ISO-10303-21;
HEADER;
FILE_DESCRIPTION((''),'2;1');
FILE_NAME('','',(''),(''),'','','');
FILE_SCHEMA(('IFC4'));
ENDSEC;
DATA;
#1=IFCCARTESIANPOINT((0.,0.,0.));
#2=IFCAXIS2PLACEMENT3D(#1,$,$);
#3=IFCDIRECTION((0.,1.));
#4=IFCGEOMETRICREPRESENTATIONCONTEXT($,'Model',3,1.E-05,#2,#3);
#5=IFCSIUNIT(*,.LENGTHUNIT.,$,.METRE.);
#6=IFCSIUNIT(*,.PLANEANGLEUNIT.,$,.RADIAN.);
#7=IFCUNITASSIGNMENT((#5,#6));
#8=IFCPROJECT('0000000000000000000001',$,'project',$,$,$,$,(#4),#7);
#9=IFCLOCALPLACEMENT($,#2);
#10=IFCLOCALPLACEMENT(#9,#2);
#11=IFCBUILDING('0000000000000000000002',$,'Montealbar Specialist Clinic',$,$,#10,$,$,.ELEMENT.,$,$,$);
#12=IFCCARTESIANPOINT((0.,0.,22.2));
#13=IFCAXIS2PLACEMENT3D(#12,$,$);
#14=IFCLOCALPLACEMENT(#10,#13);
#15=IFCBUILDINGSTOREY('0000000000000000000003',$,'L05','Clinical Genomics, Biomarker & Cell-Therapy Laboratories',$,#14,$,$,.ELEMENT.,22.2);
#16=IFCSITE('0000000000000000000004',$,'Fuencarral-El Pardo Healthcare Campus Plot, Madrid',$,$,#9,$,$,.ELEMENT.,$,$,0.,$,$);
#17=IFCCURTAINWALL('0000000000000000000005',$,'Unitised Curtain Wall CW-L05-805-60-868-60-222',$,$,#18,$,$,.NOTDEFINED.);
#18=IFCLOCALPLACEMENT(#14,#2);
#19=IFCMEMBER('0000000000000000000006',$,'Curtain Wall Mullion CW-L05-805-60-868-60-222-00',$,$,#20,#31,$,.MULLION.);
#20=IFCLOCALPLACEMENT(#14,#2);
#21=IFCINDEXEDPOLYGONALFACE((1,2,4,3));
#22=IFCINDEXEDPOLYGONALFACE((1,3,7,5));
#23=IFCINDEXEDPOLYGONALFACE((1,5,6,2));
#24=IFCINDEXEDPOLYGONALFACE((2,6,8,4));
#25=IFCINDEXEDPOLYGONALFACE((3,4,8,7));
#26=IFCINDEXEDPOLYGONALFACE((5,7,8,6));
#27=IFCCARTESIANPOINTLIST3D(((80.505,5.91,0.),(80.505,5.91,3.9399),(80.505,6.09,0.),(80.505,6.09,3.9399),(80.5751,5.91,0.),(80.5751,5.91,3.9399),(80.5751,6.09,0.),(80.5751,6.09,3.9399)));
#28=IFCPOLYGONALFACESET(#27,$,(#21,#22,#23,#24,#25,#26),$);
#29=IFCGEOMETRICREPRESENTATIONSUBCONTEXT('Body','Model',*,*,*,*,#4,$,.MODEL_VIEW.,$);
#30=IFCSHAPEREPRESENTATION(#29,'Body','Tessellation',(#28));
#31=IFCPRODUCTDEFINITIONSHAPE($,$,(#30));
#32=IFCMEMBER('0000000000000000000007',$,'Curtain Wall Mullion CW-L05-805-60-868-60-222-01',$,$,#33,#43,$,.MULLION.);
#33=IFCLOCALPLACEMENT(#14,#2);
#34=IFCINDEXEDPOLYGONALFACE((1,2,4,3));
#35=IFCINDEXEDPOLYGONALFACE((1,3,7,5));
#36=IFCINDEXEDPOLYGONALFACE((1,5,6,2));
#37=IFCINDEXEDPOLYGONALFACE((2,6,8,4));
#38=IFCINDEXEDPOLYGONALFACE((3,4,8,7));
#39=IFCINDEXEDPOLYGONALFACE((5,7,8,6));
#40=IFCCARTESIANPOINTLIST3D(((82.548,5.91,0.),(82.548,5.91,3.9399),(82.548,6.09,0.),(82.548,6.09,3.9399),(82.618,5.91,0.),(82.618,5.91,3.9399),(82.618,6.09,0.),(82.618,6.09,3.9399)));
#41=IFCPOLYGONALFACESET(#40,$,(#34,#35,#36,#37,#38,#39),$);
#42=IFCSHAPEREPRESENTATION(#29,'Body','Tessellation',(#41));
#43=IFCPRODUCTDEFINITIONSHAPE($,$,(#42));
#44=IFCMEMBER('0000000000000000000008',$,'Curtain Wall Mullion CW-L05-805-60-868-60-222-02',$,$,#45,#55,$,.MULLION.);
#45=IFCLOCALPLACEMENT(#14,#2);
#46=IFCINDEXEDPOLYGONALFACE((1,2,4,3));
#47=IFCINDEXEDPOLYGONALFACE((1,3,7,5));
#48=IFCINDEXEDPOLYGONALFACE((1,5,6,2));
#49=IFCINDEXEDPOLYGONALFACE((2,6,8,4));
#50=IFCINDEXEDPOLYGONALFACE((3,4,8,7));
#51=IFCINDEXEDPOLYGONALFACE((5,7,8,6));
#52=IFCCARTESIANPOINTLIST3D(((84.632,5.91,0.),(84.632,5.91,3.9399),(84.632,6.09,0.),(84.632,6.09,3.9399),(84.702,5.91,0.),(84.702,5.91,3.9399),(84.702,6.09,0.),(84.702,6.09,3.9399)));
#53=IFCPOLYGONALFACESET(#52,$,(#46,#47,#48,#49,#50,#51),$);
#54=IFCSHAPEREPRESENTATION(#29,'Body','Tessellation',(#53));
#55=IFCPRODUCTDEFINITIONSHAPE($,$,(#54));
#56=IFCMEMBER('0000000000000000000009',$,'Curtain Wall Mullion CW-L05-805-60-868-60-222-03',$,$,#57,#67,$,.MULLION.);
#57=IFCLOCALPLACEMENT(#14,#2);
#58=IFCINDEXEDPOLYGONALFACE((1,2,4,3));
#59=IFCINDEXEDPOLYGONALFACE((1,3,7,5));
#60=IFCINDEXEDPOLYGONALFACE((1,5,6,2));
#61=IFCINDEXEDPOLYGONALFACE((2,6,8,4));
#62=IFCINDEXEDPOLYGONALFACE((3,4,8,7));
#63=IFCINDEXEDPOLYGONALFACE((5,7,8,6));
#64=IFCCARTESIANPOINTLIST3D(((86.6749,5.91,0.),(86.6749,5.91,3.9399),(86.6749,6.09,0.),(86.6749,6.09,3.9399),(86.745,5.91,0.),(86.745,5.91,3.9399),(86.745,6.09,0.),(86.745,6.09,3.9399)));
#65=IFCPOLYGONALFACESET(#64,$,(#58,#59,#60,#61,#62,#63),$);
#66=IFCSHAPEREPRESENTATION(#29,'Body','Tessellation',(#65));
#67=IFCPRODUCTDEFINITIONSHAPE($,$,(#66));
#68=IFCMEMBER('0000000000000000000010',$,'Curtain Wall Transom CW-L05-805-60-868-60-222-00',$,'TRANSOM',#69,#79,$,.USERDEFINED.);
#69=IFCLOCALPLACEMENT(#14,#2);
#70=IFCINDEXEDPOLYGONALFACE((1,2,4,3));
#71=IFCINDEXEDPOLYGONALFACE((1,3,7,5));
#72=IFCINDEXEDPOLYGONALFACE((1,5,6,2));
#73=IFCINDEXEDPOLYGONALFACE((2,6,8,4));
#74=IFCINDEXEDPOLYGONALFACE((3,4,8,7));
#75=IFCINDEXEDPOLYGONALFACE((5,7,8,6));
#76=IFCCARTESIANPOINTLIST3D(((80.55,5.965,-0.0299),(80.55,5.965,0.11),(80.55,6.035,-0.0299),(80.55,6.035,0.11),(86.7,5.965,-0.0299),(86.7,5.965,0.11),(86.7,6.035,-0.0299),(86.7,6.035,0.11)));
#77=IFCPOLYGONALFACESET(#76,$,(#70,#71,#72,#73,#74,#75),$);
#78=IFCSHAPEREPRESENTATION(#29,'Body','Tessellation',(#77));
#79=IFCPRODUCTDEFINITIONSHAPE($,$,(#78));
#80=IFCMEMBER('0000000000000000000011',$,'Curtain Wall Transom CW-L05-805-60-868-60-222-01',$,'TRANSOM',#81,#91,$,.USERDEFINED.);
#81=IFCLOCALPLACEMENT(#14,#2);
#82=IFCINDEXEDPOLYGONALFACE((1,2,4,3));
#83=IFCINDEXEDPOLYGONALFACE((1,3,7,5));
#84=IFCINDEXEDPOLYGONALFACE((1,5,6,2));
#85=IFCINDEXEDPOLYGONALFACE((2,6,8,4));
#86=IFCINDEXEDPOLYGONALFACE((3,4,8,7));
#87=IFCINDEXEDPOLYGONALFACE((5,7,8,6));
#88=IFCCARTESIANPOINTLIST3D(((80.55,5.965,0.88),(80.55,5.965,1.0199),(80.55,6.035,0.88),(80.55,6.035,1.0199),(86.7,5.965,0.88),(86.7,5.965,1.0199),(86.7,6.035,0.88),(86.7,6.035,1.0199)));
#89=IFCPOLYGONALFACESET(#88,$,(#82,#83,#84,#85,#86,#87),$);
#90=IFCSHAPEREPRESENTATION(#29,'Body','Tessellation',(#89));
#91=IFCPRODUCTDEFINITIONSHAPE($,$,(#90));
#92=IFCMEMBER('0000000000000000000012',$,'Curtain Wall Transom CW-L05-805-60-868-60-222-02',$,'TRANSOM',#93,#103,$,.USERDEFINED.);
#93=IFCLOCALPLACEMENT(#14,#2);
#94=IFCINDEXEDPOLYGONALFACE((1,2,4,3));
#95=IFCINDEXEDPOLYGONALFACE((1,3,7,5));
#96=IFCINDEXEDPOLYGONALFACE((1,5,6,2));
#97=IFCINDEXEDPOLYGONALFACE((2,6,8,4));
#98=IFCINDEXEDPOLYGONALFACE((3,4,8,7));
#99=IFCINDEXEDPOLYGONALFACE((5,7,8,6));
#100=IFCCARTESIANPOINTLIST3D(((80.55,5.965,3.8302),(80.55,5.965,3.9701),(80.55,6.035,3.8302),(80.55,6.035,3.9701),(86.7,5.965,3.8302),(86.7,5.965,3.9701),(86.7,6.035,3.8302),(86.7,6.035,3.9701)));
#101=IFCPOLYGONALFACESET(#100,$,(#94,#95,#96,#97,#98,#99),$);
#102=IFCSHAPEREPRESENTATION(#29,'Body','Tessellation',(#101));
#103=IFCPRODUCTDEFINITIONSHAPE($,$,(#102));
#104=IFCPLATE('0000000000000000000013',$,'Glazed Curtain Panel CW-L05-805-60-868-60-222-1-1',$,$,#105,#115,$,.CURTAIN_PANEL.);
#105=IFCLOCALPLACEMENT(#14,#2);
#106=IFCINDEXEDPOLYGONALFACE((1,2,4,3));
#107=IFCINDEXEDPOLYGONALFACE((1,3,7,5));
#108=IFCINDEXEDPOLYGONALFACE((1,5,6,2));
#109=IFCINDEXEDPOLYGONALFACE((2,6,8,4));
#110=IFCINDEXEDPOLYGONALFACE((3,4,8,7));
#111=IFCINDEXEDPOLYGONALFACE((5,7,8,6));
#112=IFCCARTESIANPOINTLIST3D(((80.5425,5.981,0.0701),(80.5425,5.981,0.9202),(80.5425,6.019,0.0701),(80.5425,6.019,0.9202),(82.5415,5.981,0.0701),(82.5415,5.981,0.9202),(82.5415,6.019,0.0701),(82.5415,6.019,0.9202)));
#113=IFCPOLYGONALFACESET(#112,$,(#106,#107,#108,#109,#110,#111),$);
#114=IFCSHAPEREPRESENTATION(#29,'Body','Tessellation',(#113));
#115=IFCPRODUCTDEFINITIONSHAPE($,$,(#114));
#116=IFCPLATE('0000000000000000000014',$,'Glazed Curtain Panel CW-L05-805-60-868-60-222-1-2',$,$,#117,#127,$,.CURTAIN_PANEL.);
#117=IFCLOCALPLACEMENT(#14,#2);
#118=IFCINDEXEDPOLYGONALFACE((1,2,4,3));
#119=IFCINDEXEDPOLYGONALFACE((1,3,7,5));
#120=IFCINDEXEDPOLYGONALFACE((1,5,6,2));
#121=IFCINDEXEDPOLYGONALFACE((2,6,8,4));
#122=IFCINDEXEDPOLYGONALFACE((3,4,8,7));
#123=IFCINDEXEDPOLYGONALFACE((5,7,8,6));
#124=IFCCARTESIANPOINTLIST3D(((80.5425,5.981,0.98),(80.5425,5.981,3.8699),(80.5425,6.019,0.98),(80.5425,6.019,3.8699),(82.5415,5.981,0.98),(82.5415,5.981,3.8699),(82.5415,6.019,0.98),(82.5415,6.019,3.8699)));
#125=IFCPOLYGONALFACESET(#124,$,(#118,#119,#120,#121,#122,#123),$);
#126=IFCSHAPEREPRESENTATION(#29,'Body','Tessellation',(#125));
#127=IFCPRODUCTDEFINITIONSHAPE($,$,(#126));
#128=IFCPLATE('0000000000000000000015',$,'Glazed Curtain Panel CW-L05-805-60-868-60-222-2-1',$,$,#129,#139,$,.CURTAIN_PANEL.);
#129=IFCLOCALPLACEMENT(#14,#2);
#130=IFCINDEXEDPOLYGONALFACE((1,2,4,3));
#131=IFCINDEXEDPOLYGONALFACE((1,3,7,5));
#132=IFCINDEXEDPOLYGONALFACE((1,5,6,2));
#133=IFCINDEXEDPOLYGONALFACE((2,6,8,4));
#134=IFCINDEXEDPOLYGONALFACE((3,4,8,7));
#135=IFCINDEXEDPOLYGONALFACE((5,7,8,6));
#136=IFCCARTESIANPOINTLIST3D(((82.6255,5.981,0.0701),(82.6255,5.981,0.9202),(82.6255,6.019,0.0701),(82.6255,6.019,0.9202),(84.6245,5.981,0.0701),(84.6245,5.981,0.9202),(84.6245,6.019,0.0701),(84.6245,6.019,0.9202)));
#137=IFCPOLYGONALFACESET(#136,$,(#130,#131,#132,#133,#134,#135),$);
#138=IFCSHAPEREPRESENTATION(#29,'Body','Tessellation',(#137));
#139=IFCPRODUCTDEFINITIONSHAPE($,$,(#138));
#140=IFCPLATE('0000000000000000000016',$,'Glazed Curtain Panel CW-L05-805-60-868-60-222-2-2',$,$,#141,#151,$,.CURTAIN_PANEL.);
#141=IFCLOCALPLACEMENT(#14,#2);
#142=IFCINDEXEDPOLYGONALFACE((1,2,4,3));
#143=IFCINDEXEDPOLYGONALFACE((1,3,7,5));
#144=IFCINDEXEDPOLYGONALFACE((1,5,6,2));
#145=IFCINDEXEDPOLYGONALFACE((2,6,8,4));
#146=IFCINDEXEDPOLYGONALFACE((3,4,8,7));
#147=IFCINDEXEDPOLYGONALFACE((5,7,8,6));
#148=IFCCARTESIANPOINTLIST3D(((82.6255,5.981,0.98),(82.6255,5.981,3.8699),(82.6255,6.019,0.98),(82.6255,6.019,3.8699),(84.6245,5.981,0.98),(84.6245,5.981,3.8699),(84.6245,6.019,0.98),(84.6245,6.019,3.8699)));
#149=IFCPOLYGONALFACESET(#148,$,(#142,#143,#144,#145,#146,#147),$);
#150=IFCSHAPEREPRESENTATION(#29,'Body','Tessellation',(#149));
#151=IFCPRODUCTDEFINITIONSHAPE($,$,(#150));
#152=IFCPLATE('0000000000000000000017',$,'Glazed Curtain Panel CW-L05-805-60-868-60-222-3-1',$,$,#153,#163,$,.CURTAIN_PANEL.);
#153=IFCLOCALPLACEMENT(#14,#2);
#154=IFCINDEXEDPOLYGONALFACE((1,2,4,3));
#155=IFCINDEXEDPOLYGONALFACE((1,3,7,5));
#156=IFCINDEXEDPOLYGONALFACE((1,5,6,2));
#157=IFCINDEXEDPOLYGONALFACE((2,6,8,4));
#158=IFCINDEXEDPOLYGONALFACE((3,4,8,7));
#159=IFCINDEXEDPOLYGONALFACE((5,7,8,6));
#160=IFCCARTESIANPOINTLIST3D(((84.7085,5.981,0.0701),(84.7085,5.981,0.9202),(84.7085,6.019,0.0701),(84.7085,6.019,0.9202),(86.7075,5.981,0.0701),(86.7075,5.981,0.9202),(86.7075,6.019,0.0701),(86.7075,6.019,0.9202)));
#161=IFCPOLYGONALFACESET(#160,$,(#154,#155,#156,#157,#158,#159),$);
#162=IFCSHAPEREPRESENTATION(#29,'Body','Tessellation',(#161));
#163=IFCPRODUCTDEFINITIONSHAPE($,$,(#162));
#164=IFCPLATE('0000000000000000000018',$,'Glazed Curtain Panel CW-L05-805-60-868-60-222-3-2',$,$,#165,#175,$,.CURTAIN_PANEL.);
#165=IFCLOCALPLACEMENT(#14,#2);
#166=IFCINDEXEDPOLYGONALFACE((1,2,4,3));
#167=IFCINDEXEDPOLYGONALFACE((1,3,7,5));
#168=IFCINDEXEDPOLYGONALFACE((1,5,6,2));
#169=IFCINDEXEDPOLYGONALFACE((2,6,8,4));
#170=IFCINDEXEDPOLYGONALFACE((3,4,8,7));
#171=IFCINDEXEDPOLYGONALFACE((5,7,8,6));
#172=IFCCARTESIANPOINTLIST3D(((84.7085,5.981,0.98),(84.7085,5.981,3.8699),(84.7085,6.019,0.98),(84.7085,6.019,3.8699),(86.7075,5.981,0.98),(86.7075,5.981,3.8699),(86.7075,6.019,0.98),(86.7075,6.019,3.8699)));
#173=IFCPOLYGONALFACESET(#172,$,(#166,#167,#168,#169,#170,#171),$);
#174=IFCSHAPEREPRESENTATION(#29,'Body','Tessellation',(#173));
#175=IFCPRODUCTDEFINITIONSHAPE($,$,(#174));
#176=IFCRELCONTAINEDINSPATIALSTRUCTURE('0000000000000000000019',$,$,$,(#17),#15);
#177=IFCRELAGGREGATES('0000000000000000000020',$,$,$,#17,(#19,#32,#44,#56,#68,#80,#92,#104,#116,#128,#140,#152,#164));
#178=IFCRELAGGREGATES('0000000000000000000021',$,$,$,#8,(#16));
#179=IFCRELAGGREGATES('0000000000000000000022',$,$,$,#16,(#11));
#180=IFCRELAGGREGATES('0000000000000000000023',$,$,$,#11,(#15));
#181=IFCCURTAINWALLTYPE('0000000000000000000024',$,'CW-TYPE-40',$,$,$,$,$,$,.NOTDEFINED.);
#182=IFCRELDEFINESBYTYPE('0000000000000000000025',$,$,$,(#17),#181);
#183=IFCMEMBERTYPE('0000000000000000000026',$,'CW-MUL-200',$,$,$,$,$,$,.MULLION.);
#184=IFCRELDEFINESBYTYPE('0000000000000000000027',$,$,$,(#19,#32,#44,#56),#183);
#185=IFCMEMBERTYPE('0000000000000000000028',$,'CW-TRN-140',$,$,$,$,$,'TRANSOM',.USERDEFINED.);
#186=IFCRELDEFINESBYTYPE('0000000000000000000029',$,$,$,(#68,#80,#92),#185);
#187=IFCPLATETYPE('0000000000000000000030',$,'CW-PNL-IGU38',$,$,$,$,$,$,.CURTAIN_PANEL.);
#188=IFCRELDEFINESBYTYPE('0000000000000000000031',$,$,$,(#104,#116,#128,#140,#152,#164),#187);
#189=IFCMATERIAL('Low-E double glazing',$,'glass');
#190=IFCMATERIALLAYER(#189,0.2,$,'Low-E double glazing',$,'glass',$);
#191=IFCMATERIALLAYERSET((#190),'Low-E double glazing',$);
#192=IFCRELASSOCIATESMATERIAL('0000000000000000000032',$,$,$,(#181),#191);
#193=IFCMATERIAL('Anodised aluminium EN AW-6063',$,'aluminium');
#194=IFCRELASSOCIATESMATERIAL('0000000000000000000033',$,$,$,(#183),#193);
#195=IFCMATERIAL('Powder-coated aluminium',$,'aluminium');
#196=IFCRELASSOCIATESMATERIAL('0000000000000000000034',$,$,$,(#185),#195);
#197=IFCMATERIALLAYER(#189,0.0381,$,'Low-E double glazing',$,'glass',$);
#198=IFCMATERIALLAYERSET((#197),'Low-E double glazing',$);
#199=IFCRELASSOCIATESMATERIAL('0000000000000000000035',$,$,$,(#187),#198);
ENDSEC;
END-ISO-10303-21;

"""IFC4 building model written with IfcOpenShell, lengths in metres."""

from ifc_helpers import new_model, si_unit, direction, frame, origin, origin_2d, place, context, subcontext, project, spatial, rectangle, extrude, material, layer, layer_set, material_profile, profile_set, type_object, element, aggregate, save


model = new_model("IFC4")

# Units and contexts
model_context = context("Model", 3, precision=1e-05, world=origin(), true_north=direction((0.0, 1.0)))
body_context = subcontext(model_context, "Body", "Model", "MODEL_VIEW")
ifc_project = project(units=[si_unit("LENGTHUNIT", "METRE"), si_unit("PLANEANGLEUNIT", "RADIAN")], contexts=[model_context])

# Site, building, storey
site_placement = place(None, origin())
site = spatial("IfcSite", under=ifc_project, at=site_placement, Name="Fuencarral-El Pardo Healthcare Campus Plot, Madrid", CompositionType="ELEMENT", RefElevation=0.0)
building_placement = place(site_placement, origin())
building = spatial("IfcBuilding", under=site, at=building_placement, Name="Montealbar Specialist Clinic", CompositionType="ELEMENT")
storey_placement = place(building_placement, frame((0.0, 0.0, 22.2)))
storey = spatial("IfcBuildingStorey", under=building, at=storey_placement, Name="L05", Description="Clinical Genomics, Biomarker & Cell-Therapy Laboratories", CompositionType="ELEMENT", Elevation=22.2)

# Curtain wall, members, plates
ifc_material_1 = material(Name="Low-E double glazing", Category="glass")
ifc_layer_1 = layer(ifc_material_1, 0.2, Name="Low-E double glazing", Category="glass")
ifc_layer_set_1 = layer_set([ifc_layer_1], Name="Low-E double glazing")
curtain_wall_type = type_object("IfcCurtainWallType", Name="CW-TYPE-40", PredefinedType="NOTDEFINED", material=ifc_layer_set_1)
curtain_wall_placement = place(storey_placement, origin())
curtain_wall = element("IfcCurtainWall", 1, at=curtain_wall_placement, inside=storey, type_object=curtain_wall_type, Name="Unitised Curtain Wall CW-L05-805-60-868-60-222", PredefinedType="NOTDEFINED")
ifc_material_2 = material(Name="Anodised aluminium EN AW-6063", Category="aluminium")
ifc_material_profile_1 = material_profile(ifc_material_2, rectangle(XDim=0.0701, YDim=0.1799, at=origin_2d()), Name="ALU 70x180", Category="aluminium")
ifc_profile_set_1 = profile_set([ifc_material_profile_1], Name="Anodised aluminium EN AW-6063")
member_type_1 = type_object("IfcMemberType", Name="CW-MUL-200", PredefinedType="MULLION", material=ifc_profile_set_1)
member_1_placement = place(storey_placement, frame((80.54, 6.0, 0.0), z_axis=(0.0, 0.0, 1.0), x_axis=(1.0, 0.0, 0.0)))
member_1 = element("IfcMember", 2, at=member_1_placement, type_object=member_type_1, Name="Curtain Wall Mullion CW-L05-805-60-868-60-222-00", PredefinedType="MULLION", context=body_context, shape_type="SweptSolid", body=[
    extrude(rectangle(XDim=0.0701, YDim=0.1799, at=origin_2d()), origin(), (0.0, 0.0, 1.0), 3.9399),
])
member_2_placement = place(storey_placement, frame((82.583, 6.0, 0.0), z_axis=(0.0, 0.0, 1.0), x_axis=(1.0, 0.0, 0.0)))
member_2 = element("IfcMember", 3, at=member_2_placement, type_object=member_type_1, Name="Curtain Wall Mullion CW-L05-805-60-868-60-222-01", PredefinedType="MULLION", context=body_context, shape_type="SweptSolid", body=[
    extrude(rectangle(XDim=0.0701, YDim=0.1799, at=origin_2d()), origin(), (0.0, 0.0, 1.0), 3.9399),
])
member_3_placement = place(storey_placement, frame((84.667, 6.0, 0.0), z_axis=(0.0, 0.0, 1.0), x_axis=(1.0, 0.0, 0.0)))
member_3 = element("IfcMember", 4, at=member_3_placement, type_object=member_type_1, Name="Curtain Wall Mullion CW-L05-805-60-868-60-222-02", PredefinedType="MULLION", context=body_context, shape_type="SweptSolid", body=[
    extrude(rectangle(XDim=0.0701, YDim=0.1799, at=origin_2d()), origin(), (0.0, 0.0, 1.0), 3.9399),
])
member_4_placement = place(storey_placement, frame((86.71, 6.0, 0.0), z_axis=(0.0, 0.0, 1.0), x_axis=(1.0, 0.0, 0.0)))
member_4 = element("IfcMember", 5, at=member_4_placement, type_object=member_type_1, Name="Curtain Wall Mullion CW-L05-805-60-868-60-222-03", PredefinedType="MULLION", context=body_context, shape_type="SweptSolid", body=[
    extrude(rectangle(XDim=0.0701, YDim=0.1799, at=origin_2d()), origin(), (0.0, 0.0, 1.0), 3.9399),
])
ifc_material_3 = material(Name="Powder-coated aluminium", Category="aluminium")
ifc_material_profile_2 = material_profile(ifc_material_3, rectangle(XDim=0.0701, YDim=0.1399, at=origin_2d()), Name="ALU 70x140", Category="aluminium")
ifc_profile_set_2 = profile_set([ifc_material_profile_2], Name="Powder-coated aluminium")
member_type_2 = type_object("IfcMemberType", Name="CW-TRN-140", ElementType="TRANSOM", PredefinedType="USERDEFINED", material=ifc_profile_set_2)
member_5_placement = place(storey_placement, frame((80.55, 6.0, 0.04), z_axis=(1.0, 0.0, 0.0), x_axis=(0.0, 1.0, 0.0)))
member_5 = element("IfcMember", 6, at=member_5_placement, type_object=member_type_2, Name="Curtain Wall Transom CW-L05-805-60-868-60-222-00", ObjectType="TRANSOM", PredefinedType="USERDEFINED", context=body_context, shape_type="SweptSolid", body=[
    extrude(rectangle(XDim=0.0701, YDim=0.1399, at=origin_2d()), origin(), (0.0, 0.0, 1.0), 6.1499),
])
member_6_placement = place(storey_placement, frame((80.55, 6.0, 0.95), z_axis=(1.0, 0.0, 0.0), x_axis=(0.0, 1.0, 0.0)))
member_6 = element("IfcMember", 7, at=member_6_placement, type_object=member_type_2, Name="Curtain Wall Transom CW-L05-805-60-868-60-222-01", ObjectType="TRANSOM", PredefinedType="USERDEFINED", context=body_context, shape_type="SweptSolid", body=[
    extrude(rectangle(XDim=0.0701, YDim=0.1399, at=origin_2d()), origin(), (0.0, 0.0, 1.0), 6.1499),
])
member_7_placement = place(storey_placement, frame((80.55, 6.0, 3.9001), z_axis=(1.0, 0.0, 0.0), x_axis=(0.0, 1.0, 0.0)))
member_7 = element("IfcMember", 8, at=member_7_placement, type_object=member_type_2, Name="Curtain Wall Transom CW-L05-805-60-868-60-222-02", ObjectType="TRANSOM", PredefinedType="USERDEFINED", context=body_context, shape_type="SweptSolid", body=[
    extrude(rectangle(XDim=0.0701, YDim=0.1399, at=origin_2d()), origin(), (0.0, 0.0, 1.0), 6.1499),
])
ifc_layer_2 = layer(ifc_material_1, 0.0381, Name="Low-E double glazing", Category="glass")
ifc_layer_set_2 = layer_set([ifc_layer_2], Name="Low-E double glazing")
plate_type = type_object("IfcPlateType", Name="CW-PNL-IGU38", PredefinedType="CURTAIN_PANEL", material=ifc_layer_set_2)
plate_1_placement = place(storey_placement, frame((81.542, 6.0, 0.0701), z_axis=(0.0, 0.0, 1.0), x_axis=(1.0, 0.0, 0.0)))
plate_1 = element("IfcPlate", 9, at=plate_1_placement, type_object=plate_type, Name="Glazed Curtain Panel CW-L05-805-60-868-60-222-1-1", PredefinedType="CURTAIN_PANEL", context=body_context, shape_type="SweptSolid", body=[
    extrude(rectangle(XDim=1.999, YDim=0.0381, at=origin_2d()), origin(), (0.0, 0.0, 1.0), 0.8501),
])
plate_2_placement = place(storey_placement, frame((81.542, 6.0, 0.98), z_axis=(0.0, 0.0, 1.0), x_axis=(1.0, 0.0, 0.0)))
plate_2 = element("IfcPlate", 10, at=plate_2_placement, type_object=plate_type, Name="Glazed Curtain Panel CW-L05-805-60-868-60-222-1-2", PredefinedType="CURTAIN_PANEL", context=body_context, shape_type="SweptSolid", body=[
    extrude(rectangle(XDim=1.999, YDim=0.0381, at=origin_2d()), origin(), (0.0, 0.0, 1.0), 2.8899),
])
plate_3_placement = place(storey_placement, frame((83.625, 6.0, 0.0701), z_axis=(0.0, 0.0, 1.0), x_axis=(1.0, 0.0, 0.0)))
plate_3 = element("IfcPlate", 11, at=plate_3_placement, type_object=plate_type, Name="Glazed Curtain Panel CW-L05-805-60-868-60-222-2-1", PredefinedType="CURTAIN_PANEL", context=body_context, shape_type="SweptSolid", body=[
    extrude(rectangle(XDim=1.999, YDim=0.0381, at=origin_2d()), origin(), (0.0, 0.0, 1.0), 0.8501),
])
plate_4_placement = place(storey_placement, frame((83.625, 6.0, 0.98), z_axis=(0.0, 0.0, 1.0), x_axis=(1.0, 0.0, 0.0)))
plate_4 = element("IfcPlate", 12, at=plate_4_placement, type_object=plate_type, Name="Glazed Curtain Panel CW-L05-805-60-868-60-222-2-2", PredefinedType="CURTAIN_PANEL", context=body_context, shape_type="SweptSolid", body=[
    extrude(rectangle(XDim=1.999, YDim=0.0381, at=origin_2d()), origin(), (0.0, 0.0, 1.0), 2.8899),
])
plate_5_placement = place(storey_placement, frame((85.708, 6.0, 0.0701), z_axis=(0.0, 0.0, 1.0), x_axis=(1.0, 0.0, 0.0)))
plate_5 = element("IfcPlate", 13, at=plate_5_placement, type_object=plate_type, Name="Glazed Curtain Panel CW-L05-805-60-868-60-222-3-1", PredefinedType="CURTAIN_PANEL", context=body_context, shape_type="SweptSolid", body=[
    extrude(rectangle(XDim=1.999, YDim=0.0381, at=origin_2d()), origin(), (0.0, 0.0, 1.0), 0.8501),
])
plate_6_placement = place(storey_placement, frame((85.708, 6.0, 0.98), z_axis=(0.0, 0.0, 1.0), x_axis=(1.0, 0.0, 0.0)))
plate_6 = element("IfcPlate", 14, at=plate_6_placement, type_object=plate_type, Name="Glazed Curtain Panel CW-L05-805-60-868-60-222-3-2", PredefinedType="CURTAIN_PANEL", context=body_context, shape_type="SweptSolid", body=[
    extrude(rectangle(XDim=1.999, YDim=0.0381, at=origin_2d()), origin(), (0.0, 0.0, 1.0), 2.8899),
])
aggregate(curtain_wall, [member_1, member_2, member_3, member_4, member_5, member_6, member_7, plate_1, plate_2, plate_3, plate_4, plate_5, plate_6])

save(model, "model.ifc")
